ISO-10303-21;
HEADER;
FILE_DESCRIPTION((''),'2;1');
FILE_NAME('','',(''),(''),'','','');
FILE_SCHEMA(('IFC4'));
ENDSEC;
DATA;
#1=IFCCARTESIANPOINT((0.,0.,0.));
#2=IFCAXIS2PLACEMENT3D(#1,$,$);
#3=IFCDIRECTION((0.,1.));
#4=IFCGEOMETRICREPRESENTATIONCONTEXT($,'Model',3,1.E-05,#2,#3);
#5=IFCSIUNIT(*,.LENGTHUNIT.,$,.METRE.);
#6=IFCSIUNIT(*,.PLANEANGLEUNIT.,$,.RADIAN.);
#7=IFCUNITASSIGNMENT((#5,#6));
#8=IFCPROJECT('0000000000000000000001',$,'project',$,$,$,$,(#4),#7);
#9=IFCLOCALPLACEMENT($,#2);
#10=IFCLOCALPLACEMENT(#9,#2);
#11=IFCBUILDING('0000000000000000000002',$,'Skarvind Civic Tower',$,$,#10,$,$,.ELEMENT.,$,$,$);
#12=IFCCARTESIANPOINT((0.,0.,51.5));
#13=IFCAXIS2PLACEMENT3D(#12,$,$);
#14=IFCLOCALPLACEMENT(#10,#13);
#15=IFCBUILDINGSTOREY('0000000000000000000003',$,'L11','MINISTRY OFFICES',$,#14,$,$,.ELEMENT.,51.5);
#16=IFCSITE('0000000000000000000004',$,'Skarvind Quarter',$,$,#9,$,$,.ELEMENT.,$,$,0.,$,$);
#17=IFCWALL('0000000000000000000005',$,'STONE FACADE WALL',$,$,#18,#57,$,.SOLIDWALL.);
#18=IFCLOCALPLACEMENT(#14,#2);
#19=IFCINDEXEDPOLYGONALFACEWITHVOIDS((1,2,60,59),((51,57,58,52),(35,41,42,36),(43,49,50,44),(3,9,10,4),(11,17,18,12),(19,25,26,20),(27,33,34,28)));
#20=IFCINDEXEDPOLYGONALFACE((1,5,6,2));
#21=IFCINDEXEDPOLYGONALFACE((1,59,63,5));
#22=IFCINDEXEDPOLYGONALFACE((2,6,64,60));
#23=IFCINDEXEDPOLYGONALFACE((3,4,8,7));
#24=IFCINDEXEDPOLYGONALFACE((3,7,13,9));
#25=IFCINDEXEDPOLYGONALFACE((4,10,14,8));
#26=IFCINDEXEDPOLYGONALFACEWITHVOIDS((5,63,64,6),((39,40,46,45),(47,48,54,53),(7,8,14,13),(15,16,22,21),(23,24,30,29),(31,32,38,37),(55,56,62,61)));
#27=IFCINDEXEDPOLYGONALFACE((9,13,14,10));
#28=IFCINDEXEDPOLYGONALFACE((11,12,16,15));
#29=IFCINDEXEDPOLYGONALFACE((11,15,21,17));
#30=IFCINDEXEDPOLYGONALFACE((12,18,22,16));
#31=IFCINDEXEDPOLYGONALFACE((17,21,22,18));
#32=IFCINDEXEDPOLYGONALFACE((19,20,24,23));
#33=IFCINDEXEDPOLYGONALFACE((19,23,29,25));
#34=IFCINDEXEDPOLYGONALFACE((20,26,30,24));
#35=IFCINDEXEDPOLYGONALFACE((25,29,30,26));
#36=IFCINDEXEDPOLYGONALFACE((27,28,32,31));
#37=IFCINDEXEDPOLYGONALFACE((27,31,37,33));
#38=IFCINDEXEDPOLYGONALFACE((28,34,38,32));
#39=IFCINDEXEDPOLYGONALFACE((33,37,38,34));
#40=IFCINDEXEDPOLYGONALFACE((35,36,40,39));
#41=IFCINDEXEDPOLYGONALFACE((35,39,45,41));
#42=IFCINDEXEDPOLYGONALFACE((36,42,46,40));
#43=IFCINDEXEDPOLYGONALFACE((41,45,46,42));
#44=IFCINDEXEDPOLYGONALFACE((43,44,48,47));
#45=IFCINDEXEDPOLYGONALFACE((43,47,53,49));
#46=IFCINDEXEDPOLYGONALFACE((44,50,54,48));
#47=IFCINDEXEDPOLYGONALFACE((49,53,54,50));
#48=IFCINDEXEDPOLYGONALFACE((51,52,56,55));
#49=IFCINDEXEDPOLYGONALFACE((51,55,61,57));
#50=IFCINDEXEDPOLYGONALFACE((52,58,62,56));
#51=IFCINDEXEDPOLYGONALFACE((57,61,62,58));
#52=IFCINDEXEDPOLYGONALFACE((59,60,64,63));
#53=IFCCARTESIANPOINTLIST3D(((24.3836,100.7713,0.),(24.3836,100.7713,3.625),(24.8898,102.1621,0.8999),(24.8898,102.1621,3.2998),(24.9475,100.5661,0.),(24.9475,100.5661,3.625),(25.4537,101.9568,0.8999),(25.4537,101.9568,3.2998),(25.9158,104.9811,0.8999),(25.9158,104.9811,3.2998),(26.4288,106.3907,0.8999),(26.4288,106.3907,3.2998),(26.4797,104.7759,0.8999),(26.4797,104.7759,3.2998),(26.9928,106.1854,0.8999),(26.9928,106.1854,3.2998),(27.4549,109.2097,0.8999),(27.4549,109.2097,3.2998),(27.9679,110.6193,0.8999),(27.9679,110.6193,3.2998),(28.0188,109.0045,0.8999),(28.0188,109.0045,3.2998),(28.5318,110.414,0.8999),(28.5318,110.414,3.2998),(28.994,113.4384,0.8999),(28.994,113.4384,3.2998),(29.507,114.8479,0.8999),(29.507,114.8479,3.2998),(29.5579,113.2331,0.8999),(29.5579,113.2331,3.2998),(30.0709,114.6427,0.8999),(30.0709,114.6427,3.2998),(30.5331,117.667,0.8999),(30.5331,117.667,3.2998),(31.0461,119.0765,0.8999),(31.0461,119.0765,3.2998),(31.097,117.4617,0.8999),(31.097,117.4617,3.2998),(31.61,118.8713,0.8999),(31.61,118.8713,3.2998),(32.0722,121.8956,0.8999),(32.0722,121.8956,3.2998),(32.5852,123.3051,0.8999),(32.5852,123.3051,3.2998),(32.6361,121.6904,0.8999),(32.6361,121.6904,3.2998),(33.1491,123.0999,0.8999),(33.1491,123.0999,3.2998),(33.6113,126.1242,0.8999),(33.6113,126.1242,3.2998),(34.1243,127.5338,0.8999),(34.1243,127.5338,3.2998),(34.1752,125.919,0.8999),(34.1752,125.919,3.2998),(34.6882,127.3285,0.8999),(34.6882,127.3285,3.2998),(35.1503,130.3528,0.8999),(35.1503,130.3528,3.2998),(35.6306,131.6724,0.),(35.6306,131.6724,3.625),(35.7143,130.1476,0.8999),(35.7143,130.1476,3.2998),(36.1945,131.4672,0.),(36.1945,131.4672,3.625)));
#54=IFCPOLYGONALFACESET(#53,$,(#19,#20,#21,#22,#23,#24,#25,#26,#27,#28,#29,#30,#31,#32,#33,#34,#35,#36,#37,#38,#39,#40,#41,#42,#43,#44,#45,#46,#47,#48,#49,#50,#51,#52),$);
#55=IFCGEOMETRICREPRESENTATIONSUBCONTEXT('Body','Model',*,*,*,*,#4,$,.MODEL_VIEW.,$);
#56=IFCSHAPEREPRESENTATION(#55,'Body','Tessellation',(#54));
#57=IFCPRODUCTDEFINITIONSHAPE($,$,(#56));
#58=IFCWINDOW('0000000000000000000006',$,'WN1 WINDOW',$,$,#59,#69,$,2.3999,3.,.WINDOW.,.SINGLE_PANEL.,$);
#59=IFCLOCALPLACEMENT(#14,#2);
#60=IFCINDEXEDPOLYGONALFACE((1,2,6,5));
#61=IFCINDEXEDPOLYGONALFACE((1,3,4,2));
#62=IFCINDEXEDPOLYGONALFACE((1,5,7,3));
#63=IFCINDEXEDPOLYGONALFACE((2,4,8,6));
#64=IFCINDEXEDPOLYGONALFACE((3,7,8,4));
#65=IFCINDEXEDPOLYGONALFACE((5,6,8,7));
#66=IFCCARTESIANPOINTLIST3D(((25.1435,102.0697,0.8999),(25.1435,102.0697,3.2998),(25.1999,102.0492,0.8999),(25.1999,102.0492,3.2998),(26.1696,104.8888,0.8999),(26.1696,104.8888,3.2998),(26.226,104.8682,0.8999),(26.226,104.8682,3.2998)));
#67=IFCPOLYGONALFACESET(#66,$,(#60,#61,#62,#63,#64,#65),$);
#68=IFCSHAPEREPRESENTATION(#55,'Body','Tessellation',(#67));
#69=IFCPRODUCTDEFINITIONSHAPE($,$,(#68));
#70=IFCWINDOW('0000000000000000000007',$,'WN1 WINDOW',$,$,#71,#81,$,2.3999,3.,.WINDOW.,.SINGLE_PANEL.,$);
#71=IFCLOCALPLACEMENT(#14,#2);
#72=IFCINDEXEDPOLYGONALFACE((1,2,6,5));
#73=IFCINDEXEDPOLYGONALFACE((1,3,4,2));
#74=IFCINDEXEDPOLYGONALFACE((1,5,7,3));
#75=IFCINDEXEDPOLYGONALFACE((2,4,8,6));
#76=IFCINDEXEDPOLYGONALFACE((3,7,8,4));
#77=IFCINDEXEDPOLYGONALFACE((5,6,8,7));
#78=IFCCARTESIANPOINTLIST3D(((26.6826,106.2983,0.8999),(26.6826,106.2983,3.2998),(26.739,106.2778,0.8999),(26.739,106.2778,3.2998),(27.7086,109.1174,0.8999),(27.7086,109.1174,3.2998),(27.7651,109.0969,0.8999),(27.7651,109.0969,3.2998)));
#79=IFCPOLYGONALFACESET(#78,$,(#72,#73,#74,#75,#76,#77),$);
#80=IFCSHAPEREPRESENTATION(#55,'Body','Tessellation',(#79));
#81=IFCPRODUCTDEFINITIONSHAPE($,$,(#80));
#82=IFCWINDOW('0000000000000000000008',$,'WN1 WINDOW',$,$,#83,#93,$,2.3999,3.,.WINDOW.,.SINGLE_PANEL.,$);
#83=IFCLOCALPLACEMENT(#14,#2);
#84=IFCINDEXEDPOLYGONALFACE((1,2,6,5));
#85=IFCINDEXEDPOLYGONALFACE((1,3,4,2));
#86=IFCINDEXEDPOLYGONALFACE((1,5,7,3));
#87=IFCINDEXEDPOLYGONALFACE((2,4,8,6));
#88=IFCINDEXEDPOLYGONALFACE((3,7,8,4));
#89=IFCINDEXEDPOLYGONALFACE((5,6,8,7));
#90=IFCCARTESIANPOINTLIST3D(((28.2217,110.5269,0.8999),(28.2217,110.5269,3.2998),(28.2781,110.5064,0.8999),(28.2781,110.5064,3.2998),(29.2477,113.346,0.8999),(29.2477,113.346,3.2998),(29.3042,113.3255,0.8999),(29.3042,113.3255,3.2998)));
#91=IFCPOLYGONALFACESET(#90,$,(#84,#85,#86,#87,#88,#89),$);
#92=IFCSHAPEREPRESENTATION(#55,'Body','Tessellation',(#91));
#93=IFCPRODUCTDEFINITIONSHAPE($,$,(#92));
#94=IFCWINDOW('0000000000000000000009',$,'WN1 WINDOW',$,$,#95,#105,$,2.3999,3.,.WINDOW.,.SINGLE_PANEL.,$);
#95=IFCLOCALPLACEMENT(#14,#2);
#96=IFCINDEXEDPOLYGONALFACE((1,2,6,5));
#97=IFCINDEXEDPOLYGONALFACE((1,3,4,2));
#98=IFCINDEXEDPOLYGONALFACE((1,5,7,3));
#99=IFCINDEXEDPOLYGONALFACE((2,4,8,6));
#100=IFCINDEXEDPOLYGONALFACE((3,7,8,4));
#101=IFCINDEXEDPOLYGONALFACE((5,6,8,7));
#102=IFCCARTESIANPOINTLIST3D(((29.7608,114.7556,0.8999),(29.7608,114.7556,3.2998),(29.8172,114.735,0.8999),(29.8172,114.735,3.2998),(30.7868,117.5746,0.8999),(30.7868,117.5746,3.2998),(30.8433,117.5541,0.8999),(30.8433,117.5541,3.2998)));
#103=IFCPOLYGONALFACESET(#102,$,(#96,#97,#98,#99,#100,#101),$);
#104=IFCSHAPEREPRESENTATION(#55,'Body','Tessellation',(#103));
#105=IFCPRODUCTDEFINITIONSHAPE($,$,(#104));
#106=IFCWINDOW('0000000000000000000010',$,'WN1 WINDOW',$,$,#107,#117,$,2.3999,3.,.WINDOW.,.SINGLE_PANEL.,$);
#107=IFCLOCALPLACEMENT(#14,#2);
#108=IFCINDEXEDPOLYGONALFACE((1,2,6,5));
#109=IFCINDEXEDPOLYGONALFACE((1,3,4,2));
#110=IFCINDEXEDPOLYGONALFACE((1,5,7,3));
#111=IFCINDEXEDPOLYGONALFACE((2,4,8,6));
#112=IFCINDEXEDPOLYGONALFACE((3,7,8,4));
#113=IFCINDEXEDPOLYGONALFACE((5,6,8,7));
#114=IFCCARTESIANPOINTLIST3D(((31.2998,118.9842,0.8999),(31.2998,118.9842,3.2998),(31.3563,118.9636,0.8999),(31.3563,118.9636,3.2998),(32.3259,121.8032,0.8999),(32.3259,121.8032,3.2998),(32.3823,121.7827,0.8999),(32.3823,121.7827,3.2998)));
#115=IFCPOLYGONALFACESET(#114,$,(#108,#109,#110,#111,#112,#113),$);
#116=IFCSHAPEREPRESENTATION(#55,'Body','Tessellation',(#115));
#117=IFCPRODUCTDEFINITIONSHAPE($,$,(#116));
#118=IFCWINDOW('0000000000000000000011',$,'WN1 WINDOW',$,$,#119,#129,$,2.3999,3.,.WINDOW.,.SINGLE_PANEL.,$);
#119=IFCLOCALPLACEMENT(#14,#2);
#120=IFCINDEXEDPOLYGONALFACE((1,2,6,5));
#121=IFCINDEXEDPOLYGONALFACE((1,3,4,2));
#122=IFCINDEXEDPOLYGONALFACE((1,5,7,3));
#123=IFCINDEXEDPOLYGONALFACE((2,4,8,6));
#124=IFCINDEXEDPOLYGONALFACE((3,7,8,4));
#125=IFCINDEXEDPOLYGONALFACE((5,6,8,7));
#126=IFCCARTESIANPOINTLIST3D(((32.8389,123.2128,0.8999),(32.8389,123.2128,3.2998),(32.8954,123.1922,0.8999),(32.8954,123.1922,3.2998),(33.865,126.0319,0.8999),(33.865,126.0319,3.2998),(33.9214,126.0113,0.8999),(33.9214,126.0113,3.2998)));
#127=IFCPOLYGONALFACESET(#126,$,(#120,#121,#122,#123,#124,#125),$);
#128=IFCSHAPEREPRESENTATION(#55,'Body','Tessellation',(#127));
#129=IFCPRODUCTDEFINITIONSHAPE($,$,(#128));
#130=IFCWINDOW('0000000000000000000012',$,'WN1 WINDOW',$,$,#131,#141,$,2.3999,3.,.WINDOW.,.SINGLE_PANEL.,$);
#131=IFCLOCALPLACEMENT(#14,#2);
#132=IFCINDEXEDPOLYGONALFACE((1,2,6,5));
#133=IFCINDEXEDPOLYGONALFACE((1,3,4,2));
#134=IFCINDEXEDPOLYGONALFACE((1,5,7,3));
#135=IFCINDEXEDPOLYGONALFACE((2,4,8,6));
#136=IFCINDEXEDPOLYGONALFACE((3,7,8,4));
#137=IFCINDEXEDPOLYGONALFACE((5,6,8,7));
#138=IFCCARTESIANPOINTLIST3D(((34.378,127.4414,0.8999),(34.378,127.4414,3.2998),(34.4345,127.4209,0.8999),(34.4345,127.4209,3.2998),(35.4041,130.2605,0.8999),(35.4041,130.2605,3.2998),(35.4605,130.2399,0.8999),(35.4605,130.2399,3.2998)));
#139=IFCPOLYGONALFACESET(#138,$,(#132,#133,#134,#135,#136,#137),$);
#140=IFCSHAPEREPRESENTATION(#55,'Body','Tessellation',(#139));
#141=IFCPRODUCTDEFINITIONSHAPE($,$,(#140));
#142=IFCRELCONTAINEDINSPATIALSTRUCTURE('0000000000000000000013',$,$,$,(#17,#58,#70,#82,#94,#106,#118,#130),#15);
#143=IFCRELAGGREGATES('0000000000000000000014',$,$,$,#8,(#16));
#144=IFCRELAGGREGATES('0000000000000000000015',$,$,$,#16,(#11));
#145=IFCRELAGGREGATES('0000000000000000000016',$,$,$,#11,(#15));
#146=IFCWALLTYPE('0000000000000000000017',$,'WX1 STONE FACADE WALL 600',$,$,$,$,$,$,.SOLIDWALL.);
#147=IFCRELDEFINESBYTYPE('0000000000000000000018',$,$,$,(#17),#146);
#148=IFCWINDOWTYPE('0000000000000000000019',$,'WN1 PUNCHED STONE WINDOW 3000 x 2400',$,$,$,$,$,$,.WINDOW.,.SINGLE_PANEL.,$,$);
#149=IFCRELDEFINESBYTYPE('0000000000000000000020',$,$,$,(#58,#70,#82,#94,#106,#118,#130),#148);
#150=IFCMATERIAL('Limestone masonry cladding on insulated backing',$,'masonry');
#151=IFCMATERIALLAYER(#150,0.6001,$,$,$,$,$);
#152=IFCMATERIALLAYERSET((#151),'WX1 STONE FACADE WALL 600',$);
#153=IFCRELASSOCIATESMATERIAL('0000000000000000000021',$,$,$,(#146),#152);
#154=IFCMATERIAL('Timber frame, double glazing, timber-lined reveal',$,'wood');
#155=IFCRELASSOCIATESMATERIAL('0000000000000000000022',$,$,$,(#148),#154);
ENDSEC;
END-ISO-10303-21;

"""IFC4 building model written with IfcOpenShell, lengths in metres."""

from ifc_helpers import new_model, si_unit, direction, frame, frame_2d, origin, place, context, subcontext, project, spatial, rectangle, extrude, material, layer, layer_set, type_object, element, fill, save


model = new_model("IFC4")

# Units and contexts
model_context = context("Model", 3, precision=1e-05, world=origin(), true_north=direction((0.0, 1.0)))
body_context = subcontext(model_context, "Body", "Model", "MODEL_VIEW")
ifc_project = project(units=[si_unit("LENGTHUNIT", "METRE"), si_unit("PLANEANGLEUNIT", "RADIAN")], contexts=[model_context])

# Site, building, storey
site_placement = place(None, origin())
site = spatial("IfcSite", under=ifc_project, at=site_placement, Name="Skarvind Quarter", CompositionType="ELEMENT", RefElevation=0.0)
building_placement = place(site_placement, origin())
building = spatial("IfcBuilding", under=site, at=building_placement, Name="Skarvind Civic Tower", CompositionType="ELEMENT")
storey_placement = place(building_placement, frame((0.0, 0.0, 51.5)))
storey = spatial("IfcBuildingStorey", under=building, at=storey_placement, Name="L11", Description="MINISTRY OFFICES", CompositionType="ELEMENT", Elevation=51.5)

# Wall, openings, windows
ifc_material_1 = material(Name="Limestone masonry cladding on insulated backing", Category="masonry")
ifc_layer_1 = layer(ifc_material_1, 0.6001)
ifc_layer_set_1 = layer_set([ifc_layer_1], Name="WX1 STONE FACADE WALL 600")
wall_type_1 = type_object("IfcWallType", Name="WX1 STONE FACADE WALL 600", PredefinedType="SOLIDWALL", material=ifc_layer_set_1)
wall_1_placement = place(storey_placement, frame((24.6655, 100.6687, 0.0), z_axis=(0.0, 0.0, 1.0), x_axis=(0.34202, 0.939693, 0.0)))
wall_1 = element("IfcWall", 1, at=wall_1_placement, inside=storey, type_object=wall_type_1, Name="STONE FACADE WALL", PredefinedType="SOLIDWALL", context=body_context, shape_type="SweptSolid", body=[
    extrude(rectangle(XDim=32.8843, YDim=0.6001, at=frame_2d((16.4421, 0.0))), origin(), (0.0, 0.0, 1.0), 3.625),
])
opening_1_placement = place(wall_1_placement, frame((1.48, 0.0, 0.8999)))
opening_1 = element("IfcOpeningElement", 2, at=opening_1_placement, cuts=wall_1, PredefinedType="OPENING", context=body_context, shape_type="SweptSolid", body=[
    extrude(rectangle(XDim=3.0, YDim=2.3999, at=frame_2d((1.5, 1.2))), frame((0.0, 0.3101, 0.0), z_axis=(0.0, -1.0, 0.0), x_axis=(1.0, 0.0, 0.0)), (0.0, 0.0, 1.0), 0.6201),
])
opening_2_placement = place(wall_1_placement, frame((5.98, 0.0, 0.8999)))
opening_2 = element("IfcOpeningElement", 3, at=opening_2_placement, cuts=wall_1, PredefinedType="OPENING", context=body_context, shape_type="SweptSolid", body=[
    extrude(rectangle(XDim=3.0, YDim=2.3999, at=frame_2d((1.5, 1.2))), frame((0.0, 0.3101, 0.0), z_axis=(0.0, -1.0, 0.0), x_axis=(1.0, 0.0, 0.0)), (0.0, 0.0, 1.0), 0.6201),
])
opening_3_placement = place(wall_1_placement, frame((10.48, 0.0, 0.8999)))
opening_3 = element("IfcOpeningElement", 4, at=opening_3_placement, cuts=wall_1, PredefinedType="OPENING", context=body_context, shape_type="SweptSolid", body=[
    extrude(rectangle(XDim=3.0, YDim=2.3999, at=frame_2d((1.5, 1.2))), frame((0.0, 0.3101, 0.0), z_axis=(0.0, -1.0, 0.0), x_axis=(1.0, 0.0, 0.0)), (0.0, 0.0, 1.0), 0.6201),
])
opening_4_placement = place(wall_1_placement, frame((14.98, 0.0, 0.8999)))
opening_4 = element("IfcOpeningElement", 5, at=opening_4_placement, cuts=wall_1, PredefinedType="OPENING", context=body_context, shape_type="SweptSolid", body=[
    extrude(rectangle(XDim=3.0, YDim=2.3999, at=frame_2d((1.5, 1.2))), frame((0.0, 0.3101, 0.0), z_axis=(0.0, -1.0, 0.0), x_axis=(1.0, 0.0, 0.0)), (0.0, 0.0, 1.0), 0.6201),
])
opening_5_placement = place(wall_1_placement, frame((19.48, 0.0, 0.8999)))
opening_5 = element("IfcOpeningElement", 6, at=opening_5_placement, cuts=wall_1, PredefinedType="OPENING", context=body_context, shape_type="SweptSolid", body=[
    extrude(rectangle(XDim=3.0, YDim=2.3999, at=frame_2d((1.5, 1.2))), frame((0.0, 0.3101, 0.0), z_axis=(0.0, -1.0, 0.0), x_axis=(1.0, 0.0, 0.0)), (0.0, 0.0, 1.0), 0.6201),
])
opening_6_placement = place(wall_1_placement, frame((23.98, 0.0, 0.8999)))
opening_6 = element("IfcOpeningElement", 7, at=opening_6_placement, cuts=wall_1, PredefinedType="OPENING", context=body_context, shape_type="SweptSolid", body=[
    extrude(rectangle(XDim=3.0, YDim=2.3999, at=frame_2d((1.5, 1.2))), frame((0.0, 0.3101, 0.0), z_axis=(0.0, -1.0, 0.0), x_axis=(1.0, 0.0, 0.0)), (0.0, 0.0, 1.0), 0.6201),
])
opening_7_placement = place(wall_1_placement, frame((28.48, 0.0, 0.8999)))
opening_7 = element("IfcOpeningElement", 8, at=opening_7_placement, cuts=wall_1, PredefinedType="OPENING", context=body_context, shape_type="SweptSolid", body=[
    extrude(rectangle(XDim=3.0, YDim=2.3999, at=frame_2d((1.5, 1.2))), frame((0.0, 0.3101, 0.0), z_axis=(0.0, -1.0, 0.0), x_axis=(1.0, 0.0, 0.0)), (0.0, 0.0, 1.0), 0.6201),
])
ifc_material_2 = material(Name="Timber frame, double glazing, timber-lined reveal", Category="wood")
window_type = type_object("IfcWindowType", Name="WN1 PUNCHED STONE WINDOW 3000 x 2400", PartitioningType="SINGLE_PANEL", PredefinedType="WINDOW", material=ifc_material_2)
window_1_placement = place(opening_1_placement, origin())
window_1 = element("IfcWindow", 9, at=window_1_placement, inside=storey, type_object=window_type, Name="WN1 WINDOW", OverallHeight=2.3999, OverallWidth=3.0, PartitioningType="SINGLE_PANEL", PredefinedType="WINDOW", context=body_context, shape_type="SweptSolid", body=[
    extrude(rectangle(XDim=3.0, YDim=2.3999, at=frame_2d((1.5, 1.2))), frame((0.0, 0.03, 0.0), z_axis=(0.0, -1.0, 0.0), x_axis=(1.0, 0.0, 0.0)), (0.0, 0.0, 1.0), 0.0601),
])
fill(opening_1, window_1)
window_2_placement = place(opening_2_placement, origin())
window_2 = element("IfcWindow", 10, at=window_2_placement, inside=storey, type_object=window_type, Name="WN1 WINDOW", OverallHeight=2.3999, OverallWidth=3.0, PartitioningType="SINGLE_PANEL", PredefinedType="WINDOW", context=body_context, shape_type="SweptSolid", body=[
    extrude(rectangle(XDim=3.0, YDim=2.3999, at=frame_2d((1.5, 1.2))), frame((0.0, 0.03, 0.0), z_axis=(0.0, -1.0, 0.0), x_axis=(1.0, 0.0, 0.0)), (0.0, 0.0, 1.0), 0.0601),
])
fill(opening_2, window_2)
window_3_placement = place(opening_3_placement, origin())
window_3 = element("IfcWindow", 11, at=window_3_placement, inside=storey, type_object=window_type, Name="WN1 WINDOW", OverallHeight=2.3999, OverallWidth=3.0, PartitioningType="SINGLE_PANEL", PredefinedType="WINDOW", context=body_context, shape_type="SweptSolid", body=[
    extrude(rectangle(XDim=3.0, YDim=2.3999, at=frame_2d((1.5, 1.2))), frame((0.0, 0.03, 0.0), z_axis=(0.0, -1.0, 0.0), x_axis=(1.0, 0.0, 0.0)), (0.0, 0.0, 1.0), 0.0601),
])
fill(opening_3, window_3)
window_4_placement = place(opening_4_placement, origin())
window_4 = element("IfcWindow", 12, at=window_4_placement, inside=storey, type_object=window_type, Name="WN1 WINDOW", OverallHeight=2.3999, OverallWidth=3.0, PartitioningType="SINGLE_PANEL", PredefinedType="WINDOW", context=body_context, shape_type="SweptSolid", body=[
    extrude(rectangle(XDim=3.0, YDim=2.3999, at=frame_2d((1.5, 1.2))), frame((0.0, 0.03, 0.0), z_axis=(0.0, -1.0, 0.0), x_axis=(1.0, 0.0, 0.0)), (0.0, 0.0, 1.0), 0.0601),
])
fill(opening_4, window_4)
window_5_placement = place(opening_5_placement, origin())
window_5 = element("IfcWindow", 13, at=window_5_placement, inside=storey, type_object=window_type, Name="WN1 WINDOW", OverallHeight=2.3999, OverallWidth=3.0, PartitioningType="SINGLE_PANEL", PredefinedType="WINDOW", context=body_context, shape_type="SweptSolid", body=[
    extrude(rectangle(XDim=3.0, YDim=2.3999, at=frame_2d((1.5, 1.2))), frame((0.0, 0.03, 0.0), z_axis=(0.0, -1.0, 0.0), x_axis=(1.0, 0.0, 0.0)), (0.0, 0.0, 1.0), 0.0601),
])
fill(opening_5, window_5)
window_6_placement = place(opening_6_placement, origin())
window_6 = element("IfcWindow", 14, at=window_6_placement, inside=storey, type_object=window_type, Name="WN1 WINDOW", OverallHeight=2.3999, OverallWidth=3.0, PartitioningType="SINGLE_PANEL", PredefinedType="WINDOW", context=body_context, shape_type="SweptSolid", body=[
    extrude(rectangle(XDim=3.0, YDim=2.3999, at=frame_2d((1.5, 1.2))), frame((0.0, 0.03, 0.0), z_axis=(0.0, -1.0, 0.0), x_axis=(1.0, 0.0, 0.0)), (0.0, 0.0, 1.0), 0.0601),
])
fill(opening_6, window_6)
window_7_placement = place(opening_7_placement, origin())
window_7 = element("IfcWindow", 15, at=window_7_placement, inside=storey, type_object=window_type, Name="WN1 WINDOW", OverallHeight=2.3999, OverallWidth=3.0, PartitioningType="SINGLE_PANEL", PredefinedType="WINDOW", context=body_context, shape_type="SweptSolid", body=[
    extrude(rectangle(XDim=3.0, YDim=2.3999, at=frame_2d((1.5, 1.2))), frame((0.0, 0.03, 0.0), z_axis=(0.0, -1.0, 0.0), x_axis=(1.0, 0.0, 0.0)), (0.0, 0.0, 1.0), 0.0601),
])
fill(opening_7, window_7)

save(model, "model.ifc")
